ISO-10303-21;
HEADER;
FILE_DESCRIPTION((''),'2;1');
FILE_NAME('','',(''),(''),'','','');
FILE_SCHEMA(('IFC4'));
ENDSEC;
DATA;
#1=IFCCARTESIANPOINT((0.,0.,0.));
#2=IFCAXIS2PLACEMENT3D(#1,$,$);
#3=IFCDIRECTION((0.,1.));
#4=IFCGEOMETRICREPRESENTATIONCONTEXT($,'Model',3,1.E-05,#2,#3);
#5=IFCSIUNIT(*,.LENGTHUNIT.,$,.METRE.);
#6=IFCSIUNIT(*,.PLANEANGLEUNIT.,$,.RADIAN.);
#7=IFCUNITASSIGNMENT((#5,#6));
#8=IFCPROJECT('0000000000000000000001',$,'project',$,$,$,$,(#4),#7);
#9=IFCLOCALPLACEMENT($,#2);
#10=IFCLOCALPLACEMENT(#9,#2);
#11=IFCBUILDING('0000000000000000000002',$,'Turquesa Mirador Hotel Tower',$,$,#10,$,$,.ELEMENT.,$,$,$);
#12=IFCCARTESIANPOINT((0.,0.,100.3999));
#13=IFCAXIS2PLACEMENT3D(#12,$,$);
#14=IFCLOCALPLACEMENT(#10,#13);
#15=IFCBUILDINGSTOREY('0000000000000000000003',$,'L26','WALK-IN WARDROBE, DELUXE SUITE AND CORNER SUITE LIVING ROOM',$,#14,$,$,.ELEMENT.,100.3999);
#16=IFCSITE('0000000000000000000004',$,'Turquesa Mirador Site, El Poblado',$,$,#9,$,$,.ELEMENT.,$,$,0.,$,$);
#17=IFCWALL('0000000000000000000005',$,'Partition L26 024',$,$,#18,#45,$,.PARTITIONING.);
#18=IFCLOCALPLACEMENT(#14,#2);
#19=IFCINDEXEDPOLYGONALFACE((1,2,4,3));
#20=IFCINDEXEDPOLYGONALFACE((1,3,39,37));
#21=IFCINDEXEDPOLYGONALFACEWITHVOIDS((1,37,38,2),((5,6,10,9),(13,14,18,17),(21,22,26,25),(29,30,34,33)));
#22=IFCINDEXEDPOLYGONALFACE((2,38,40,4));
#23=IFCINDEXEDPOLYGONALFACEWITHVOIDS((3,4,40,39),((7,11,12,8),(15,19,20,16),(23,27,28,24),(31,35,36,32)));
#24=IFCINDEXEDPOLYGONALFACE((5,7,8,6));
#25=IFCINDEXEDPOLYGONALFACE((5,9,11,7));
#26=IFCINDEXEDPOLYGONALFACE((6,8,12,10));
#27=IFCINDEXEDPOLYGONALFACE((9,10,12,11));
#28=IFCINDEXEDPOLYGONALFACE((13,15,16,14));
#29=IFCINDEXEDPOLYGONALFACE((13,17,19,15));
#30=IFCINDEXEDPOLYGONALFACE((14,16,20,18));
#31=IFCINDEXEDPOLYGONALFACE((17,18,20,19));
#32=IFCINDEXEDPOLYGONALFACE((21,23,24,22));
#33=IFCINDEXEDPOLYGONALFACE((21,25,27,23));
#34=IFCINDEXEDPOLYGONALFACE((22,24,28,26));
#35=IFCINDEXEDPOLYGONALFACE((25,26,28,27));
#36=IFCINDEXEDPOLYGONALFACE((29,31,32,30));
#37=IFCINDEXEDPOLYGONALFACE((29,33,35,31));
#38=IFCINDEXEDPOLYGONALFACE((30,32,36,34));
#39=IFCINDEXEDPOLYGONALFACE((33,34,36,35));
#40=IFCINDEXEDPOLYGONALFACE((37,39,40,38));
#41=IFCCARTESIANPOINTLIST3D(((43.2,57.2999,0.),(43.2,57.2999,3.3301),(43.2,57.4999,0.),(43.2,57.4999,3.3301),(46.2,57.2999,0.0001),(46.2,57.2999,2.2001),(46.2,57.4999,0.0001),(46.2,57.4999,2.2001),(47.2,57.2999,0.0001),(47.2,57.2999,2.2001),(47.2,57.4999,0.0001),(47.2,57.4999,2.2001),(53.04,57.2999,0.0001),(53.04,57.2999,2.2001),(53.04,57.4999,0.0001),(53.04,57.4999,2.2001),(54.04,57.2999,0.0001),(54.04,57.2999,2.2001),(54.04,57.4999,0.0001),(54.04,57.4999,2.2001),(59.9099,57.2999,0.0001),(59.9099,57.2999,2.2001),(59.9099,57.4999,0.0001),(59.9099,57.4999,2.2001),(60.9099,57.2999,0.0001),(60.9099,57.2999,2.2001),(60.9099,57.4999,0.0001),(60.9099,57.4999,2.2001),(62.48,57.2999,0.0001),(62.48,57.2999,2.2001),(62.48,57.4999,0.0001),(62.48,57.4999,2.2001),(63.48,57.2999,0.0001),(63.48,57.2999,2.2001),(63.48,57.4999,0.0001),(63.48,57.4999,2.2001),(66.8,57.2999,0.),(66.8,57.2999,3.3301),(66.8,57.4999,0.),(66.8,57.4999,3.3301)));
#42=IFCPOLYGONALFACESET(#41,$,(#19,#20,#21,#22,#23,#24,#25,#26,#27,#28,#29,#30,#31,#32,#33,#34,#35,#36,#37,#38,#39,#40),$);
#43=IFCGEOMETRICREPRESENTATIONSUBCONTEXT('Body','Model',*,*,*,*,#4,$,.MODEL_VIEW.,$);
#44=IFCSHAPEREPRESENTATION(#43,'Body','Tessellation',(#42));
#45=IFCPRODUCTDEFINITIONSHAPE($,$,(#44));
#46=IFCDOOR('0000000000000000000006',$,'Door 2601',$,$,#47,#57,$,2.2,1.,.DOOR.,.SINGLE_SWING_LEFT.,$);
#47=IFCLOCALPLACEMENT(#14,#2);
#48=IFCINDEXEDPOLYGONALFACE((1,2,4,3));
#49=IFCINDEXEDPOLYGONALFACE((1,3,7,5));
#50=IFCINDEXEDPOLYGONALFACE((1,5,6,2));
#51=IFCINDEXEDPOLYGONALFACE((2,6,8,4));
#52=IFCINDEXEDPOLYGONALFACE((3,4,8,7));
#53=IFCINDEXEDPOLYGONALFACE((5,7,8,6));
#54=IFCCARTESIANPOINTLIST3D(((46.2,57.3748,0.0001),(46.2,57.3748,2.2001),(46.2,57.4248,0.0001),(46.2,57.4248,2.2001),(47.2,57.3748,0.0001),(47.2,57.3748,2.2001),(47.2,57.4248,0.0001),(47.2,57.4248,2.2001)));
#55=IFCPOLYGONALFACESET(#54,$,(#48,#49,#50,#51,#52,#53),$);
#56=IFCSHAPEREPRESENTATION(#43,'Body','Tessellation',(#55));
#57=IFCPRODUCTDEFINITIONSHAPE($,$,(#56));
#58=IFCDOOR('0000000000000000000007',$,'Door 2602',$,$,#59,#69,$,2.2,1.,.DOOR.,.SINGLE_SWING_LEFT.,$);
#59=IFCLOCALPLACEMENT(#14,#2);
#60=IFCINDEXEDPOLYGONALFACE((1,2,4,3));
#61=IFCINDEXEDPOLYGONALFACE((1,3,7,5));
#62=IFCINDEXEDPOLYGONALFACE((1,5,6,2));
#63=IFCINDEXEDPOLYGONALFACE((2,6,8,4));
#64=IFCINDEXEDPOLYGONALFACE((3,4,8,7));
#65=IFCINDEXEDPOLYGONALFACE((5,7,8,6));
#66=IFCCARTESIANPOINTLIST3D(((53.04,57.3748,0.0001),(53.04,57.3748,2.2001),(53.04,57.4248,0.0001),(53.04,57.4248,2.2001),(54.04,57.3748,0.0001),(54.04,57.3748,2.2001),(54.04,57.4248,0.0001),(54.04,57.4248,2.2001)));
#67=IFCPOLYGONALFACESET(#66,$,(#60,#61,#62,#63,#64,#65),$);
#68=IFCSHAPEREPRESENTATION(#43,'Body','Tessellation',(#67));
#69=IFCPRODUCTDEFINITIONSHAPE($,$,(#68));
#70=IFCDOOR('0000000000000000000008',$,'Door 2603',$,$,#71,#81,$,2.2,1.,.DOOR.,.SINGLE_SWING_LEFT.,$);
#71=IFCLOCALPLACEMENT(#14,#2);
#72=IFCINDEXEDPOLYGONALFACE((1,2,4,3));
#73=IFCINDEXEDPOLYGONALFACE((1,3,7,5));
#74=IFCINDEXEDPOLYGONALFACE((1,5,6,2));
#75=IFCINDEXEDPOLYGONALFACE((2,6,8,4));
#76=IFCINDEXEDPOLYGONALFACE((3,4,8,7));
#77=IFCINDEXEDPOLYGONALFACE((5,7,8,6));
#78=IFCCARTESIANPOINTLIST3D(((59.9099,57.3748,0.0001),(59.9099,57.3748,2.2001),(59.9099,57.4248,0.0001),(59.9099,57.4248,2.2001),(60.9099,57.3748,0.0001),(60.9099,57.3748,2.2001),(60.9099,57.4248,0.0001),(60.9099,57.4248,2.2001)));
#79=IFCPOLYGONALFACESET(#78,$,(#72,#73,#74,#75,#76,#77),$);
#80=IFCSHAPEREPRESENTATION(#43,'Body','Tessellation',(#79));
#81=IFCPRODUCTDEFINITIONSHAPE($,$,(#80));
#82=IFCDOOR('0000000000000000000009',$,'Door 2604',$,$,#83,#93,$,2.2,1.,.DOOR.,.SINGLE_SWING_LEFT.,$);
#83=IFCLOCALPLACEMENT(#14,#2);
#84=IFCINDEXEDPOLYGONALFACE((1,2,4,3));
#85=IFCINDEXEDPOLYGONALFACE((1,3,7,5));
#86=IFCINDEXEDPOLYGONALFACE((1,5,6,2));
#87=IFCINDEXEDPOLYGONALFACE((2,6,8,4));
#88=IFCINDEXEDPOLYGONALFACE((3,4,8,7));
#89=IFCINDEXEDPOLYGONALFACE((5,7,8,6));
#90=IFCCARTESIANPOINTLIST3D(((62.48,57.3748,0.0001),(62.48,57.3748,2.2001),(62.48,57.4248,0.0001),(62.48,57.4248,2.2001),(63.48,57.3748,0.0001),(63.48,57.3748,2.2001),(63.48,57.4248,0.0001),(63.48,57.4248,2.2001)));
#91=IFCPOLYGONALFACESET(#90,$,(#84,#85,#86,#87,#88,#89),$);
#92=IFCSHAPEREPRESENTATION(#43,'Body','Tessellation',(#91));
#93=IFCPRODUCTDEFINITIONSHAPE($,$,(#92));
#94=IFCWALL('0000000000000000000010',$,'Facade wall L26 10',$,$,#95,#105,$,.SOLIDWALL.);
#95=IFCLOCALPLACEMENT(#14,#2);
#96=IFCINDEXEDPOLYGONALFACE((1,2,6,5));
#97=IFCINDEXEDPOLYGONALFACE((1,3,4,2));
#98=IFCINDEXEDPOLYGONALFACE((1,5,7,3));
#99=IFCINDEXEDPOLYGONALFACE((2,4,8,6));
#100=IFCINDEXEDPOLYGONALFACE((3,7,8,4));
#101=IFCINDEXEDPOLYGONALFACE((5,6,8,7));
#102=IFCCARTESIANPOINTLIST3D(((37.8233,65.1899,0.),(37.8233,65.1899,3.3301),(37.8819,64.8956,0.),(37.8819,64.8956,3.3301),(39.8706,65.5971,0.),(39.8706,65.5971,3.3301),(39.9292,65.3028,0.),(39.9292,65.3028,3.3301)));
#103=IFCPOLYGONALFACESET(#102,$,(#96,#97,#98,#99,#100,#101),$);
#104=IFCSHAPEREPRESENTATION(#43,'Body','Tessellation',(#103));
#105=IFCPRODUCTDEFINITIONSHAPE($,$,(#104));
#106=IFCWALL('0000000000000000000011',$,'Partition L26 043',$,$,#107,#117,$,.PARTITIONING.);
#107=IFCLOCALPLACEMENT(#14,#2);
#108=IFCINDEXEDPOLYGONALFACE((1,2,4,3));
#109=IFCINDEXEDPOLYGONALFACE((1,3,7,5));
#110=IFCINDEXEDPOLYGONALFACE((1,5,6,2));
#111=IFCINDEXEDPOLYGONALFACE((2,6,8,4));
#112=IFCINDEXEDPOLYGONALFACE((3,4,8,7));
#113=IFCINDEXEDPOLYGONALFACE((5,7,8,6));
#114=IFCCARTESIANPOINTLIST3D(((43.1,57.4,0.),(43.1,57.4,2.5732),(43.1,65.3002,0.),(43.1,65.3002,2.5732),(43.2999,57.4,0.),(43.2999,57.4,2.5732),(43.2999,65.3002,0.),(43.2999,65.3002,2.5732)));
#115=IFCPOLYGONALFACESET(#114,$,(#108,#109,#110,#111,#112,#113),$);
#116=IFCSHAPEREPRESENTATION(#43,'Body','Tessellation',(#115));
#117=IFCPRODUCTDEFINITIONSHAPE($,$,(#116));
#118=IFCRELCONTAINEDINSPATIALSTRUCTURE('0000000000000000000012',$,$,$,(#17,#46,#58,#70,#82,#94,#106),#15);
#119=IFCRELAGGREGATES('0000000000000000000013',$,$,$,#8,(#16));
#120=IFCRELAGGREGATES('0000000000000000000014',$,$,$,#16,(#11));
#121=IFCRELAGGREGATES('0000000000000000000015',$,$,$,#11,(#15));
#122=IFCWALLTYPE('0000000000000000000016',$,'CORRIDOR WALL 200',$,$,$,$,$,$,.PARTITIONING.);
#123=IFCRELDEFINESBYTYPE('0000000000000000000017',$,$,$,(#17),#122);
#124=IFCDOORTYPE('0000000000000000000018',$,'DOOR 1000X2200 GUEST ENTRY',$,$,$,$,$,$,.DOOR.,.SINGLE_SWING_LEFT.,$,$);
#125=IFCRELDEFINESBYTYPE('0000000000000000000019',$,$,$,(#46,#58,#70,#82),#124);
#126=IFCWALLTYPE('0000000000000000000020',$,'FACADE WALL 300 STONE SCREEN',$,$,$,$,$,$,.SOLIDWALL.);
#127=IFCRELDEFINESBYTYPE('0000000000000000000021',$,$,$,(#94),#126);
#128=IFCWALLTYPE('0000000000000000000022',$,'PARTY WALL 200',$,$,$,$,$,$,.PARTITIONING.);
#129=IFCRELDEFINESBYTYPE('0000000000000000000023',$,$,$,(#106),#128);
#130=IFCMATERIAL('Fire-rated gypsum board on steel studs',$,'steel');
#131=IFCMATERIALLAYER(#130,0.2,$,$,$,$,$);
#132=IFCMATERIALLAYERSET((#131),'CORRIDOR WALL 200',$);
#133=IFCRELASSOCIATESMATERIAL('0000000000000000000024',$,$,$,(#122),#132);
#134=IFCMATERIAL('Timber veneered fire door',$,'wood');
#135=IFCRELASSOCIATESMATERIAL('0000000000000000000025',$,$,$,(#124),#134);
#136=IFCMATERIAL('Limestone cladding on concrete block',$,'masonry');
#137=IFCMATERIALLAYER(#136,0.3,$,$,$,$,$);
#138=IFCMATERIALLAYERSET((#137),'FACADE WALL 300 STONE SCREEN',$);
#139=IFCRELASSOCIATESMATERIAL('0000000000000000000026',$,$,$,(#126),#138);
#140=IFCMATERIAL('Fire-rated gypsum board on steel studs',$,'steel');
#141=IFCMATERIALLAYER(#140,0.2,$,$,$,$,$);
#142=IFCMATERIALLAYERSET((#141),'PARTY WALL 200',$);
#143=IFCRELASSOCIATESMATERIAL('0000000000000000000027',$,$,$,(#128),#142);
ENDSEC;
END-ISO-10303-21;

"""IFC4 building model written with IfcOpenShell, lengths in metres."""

from ifc_helpers import new_model, si_unit, direction, frame, frame_2d, origin, place, context, subcontext, project, spatial, rectangle, extrude, material, layer, layer_set, type_object, element, fill, save


model = new_model("IFC4")

# Units and contexts
model_context = context("Model", 3, precision=1e-05, world=origin(), true_north=direction((0.0, 1.0)))
body_context = subcontext(model_context, "Body", "Model", "MODEL_VIEW")
ifc_project = project(units=[si_unit("LENGTHUNIT", "METRE"), si_unit("PLANEANGLEUNIT", "RADIAN")], contexts=[model_context])

# Site, building, storey
site_placement = place(None, origin())
site = spatial("IfcSite", under=ifc_project, at=site_placement, Name="Turquesa Mirador Site, El Poblado", CompositionType="ELEMENT", RefElevation=0.0)
building_placement = place(site_placement, origin())
building = spatial("IfcBuilding", under=site, at=building_placement, Name="Turquesa Mirador Hotel Tower", CompositionType="ELEMENT")
storey_placement = place(building_placement, frame((0.0, 0.0, 100.3999)))
storey = spatial("IfcBuildingStorey", under=building, at=storey_placement, Name="L26", Description="WALK-IN WARDROBE, DELUXE SUITE AND CORNER SUITE LIVING ROOM", CompositionType="ELEMENT", Elevation=100.3999)

# Wall, openings, doors
ifc_material_1 = material(Name="Fire-rated gypsum board on steel studs", Category="steel")
ifc_layer_1 = layer(ifc_material_1, 0.2)
ifc_layer_set_1 = layer_set([ifc_layer_1], Name="CORRIDOR WALL 200")
wall_type_1 = type_object("IfcWallType", Name="CORRIDOR WALL 200", PredefinedType="PARTITIONING", material=ifc_layer_set_1)
wall_1_placement = place(storey_placement, frame((43.2, 57.3999, 0.0), z_axis=(0.0, 0.0, 1.0), x_axis=(1.0, 0.0, 0.0)))
wall_1 = element("IfcWall", 1, at=wall_1_placement, inside=storey, type_object=wall_type_1, Name="Partition L26 024", PredefinedType="PARTITIONING", context=body_context, shape_type="SweptSolid", body=[
    extrude(rectangle(XDim=23.6001, YDim=0.2, at=frame_2d((11.8, 0.0))), origin(), (0.0, 0.0, 1.0), 3.3301),
])
opening_1_placement = place(wall_1_placement, frame((3.0, 0.0, 0.0)))
opening_1 = element("IfcOpeningElement", 2, at=opening_1_placement, cuts=wall_1, PredefinedType="OPENING", context=body_context, shape_type="SweptSolid", body=[
    extrude(rectangle(XDim=1.0, YDim=2.2, at=frame_2d((0.5, 1.1001))), frame((0.0, 0.1099, 0.0), z_axis=(0.0, -1.0, 0.0), x_axis=(1.0, 0.0, 0.0)), (0.0, 0.0, 1.0), 0.22),
])
opening_2_placement = place(wall_1_placement, frame((9.8401, 0.0, 0.0)))
opening_2 = element("IfcOpeningElement", 3, at=opening_2_placement, cuts=wall_1, PredefinedType="OPENING", context=body_context, shape_type="SweptSolid", body=[
    extrude(rectangle(XDim=1.0, YDim=2.2, at=frame_2d((0.5, 1.1001))), frame((0.0, 0.1099, 0.0), z_axis=(0.0, -1.0, 0.0), x_axis=(1.0, 0.0, 0.0)), (0.0, 0.0, 1.0), 0.22),
])
opening_3_placement = place(wall_1_placement, frame((16.71, 0.0, 0.0)))
opening_3 = element("IfcOpeningElement", 4, at=opening_3_placement, cuts=wall_1, PredefinedType="OPENING", context=body_context, shape_type="SweptSolid", body=[
    extrude(rectangle(XDim=1.0, YDim=2.2, at=frame_2d((0.5, 1.1001))), frame((0.0, 0.1099, 0.0), z_axis=(0.0, -1.0, 0.0), x_axis=(1.0, 0.0, 0.0)), (0.0, 0.0, 1.0), 0.22),
])
opening_4_placement = place(wall_1_placement, frame((19.28, 0.0, 0.0)))
opening_4 = element("IfcOpeningElement", 5, at=opening_4_placement, cuts=wall_1, PredefinedType="OPENING", context=body_context, shape_type="SweptSolid", body=[
    extrude(rectangle(XDim=1.0, YDim=2.2, at=frame_2d((0.5, 1.1001))), frame((0.0, 0.1099, 0.0), z_axis=(0.0, -1.0, 0.0), x_axis=(1.0, 0.0, 0.0)), (0.0, 0.0, 1.0), 0.22),
])
ifc_material_2 = material(Name="Timber veneered fire door", Category="wood")
door_type_1 = type_object("IfcDoorType", Name="DOOR 1000X2200 GUEST ENTRY", OperationType="SINGLE_SWING_LEFT", PredefinedType="DOOR", material=ifc_material_2)
door_1_placement = place(opening_1_placement, origin())
door_1 = element("IfcDoor", 6, at=door_1_placement, inside=storey, type_object=door_type_1, Name="Door 2601", OperationType="SINGLE_SWING_LEFT", OverallHeight=2.2, OverallWidth=1.0, PredefinedType="DOOR", context=body_context, shape_type="SweptSolid", body=[
    extrude(rectangle(XDim=1.0, YDim=2.2, at=frame_2d((0.5, 1.1001))), frame((0.0, 0.0249, 0.0), z_axis=(0.0, -1.0, 0.0), x_axis=(1.0, 0.0, 0.0)), (0.0, 0.0, 1.0), 0.05),
])
fill(opening_1, door_1)
door_2_placement = place(opening_2_placement, origin())
door_2 = element("IfcDoor", 7, at=door_2_placement, inside=storey, type_object=door_type_1, Name="Door 2602", OperationType="SINGLE_SWING_LEFT", OverallHeight=2.2, OverallWidth=1.0, PredefinedType="DOOR", context=body_context, shape_type="SweptSolid", body=[
    extrude(rectangle(XDim=1.0, YDim=2.2, at=frame_2d((0.5, 1.1001))), frame((0.0, 0.0249, 0.0), z_axis=(0.0, -1.0, 0.0), x_axis=(1.0, 0.0, 0.0)), (0.0, 0.0, 1.0), 0.05),
])
fill(opening_2, door_2)
door_3_placement = place(opening_3_placement, origin())
door_3 = element("IfcDoor", 8, at=door_3_placement, inside=storey, type_object=door_type_1, Name="Door 2603", OperationType="SINGLE_SWING_LEFT", OverallHeight=2.2, OverallWidth=1.0, PredefinedType="DOOR", context=body_context, shape_type="SweptSolid", body=[
    extrude(rectangle(XDim=1.0, YDim=2.2, at=frame_2d((0.5, 1.1001))), frame((0.0, 0.0249, 0.0), z_axis=(0.0, -1.0, 0.0), x_axis=(1.0, 0.0, 0.0)), (0.0, 0.0, 1.0), 0.05),
])
fill(opening_3, door_3)
door_4_placement = place(opening_4_placement, origin())
door_4 = element("IfcDoor", 9, at=door_4_placement, inside=storey, type_object=door_type_1, Name="Door 2604", OperationType="SINGLE_SWING_LEFT", OverallHeight=2.2, OverallWidth=1.0, PredefinedType="DOOR", context=body_context, shape_type="SweptSolid", body=[
    extrude(rectangle(XDim=1.0, YDim=2.2, at=frame_2d((0.5, 1.1001))), frame((0.0, 0.0249, 0.0), z_axis=(0.0, -1.0, 0.0), x_axis=(1.0, 0.0, 0.0)), (0.0, 0.0, 1.0), 0.05),
])
fill(opening_4, door_4)

# Walls
ifc_material_3 = material(Name="Limestone cladding on concrete block", Category="masonry")
ifc_layer_2 = layer(ifc_material_3, 0.3)
ifc_layer_set_2 = layer_set([ifc_layer_2], Name="FACADE WALL 300 STONE SCREEN")
wall_type_2 = type_object("IfcWallType", Name="FACADE WALL 300 STONE SCREEN", PredefinedType="SOLIDWALL", material=ifc_layer_set_2)
wall_2_placement = place(storey_placement, frame((39.8999, 65.45, 0.0), z_axis=(0.0, 0.0, 1.0), x_axis=(-0.980787, -0.195081, 0.0)))
element("IfcWall", 10, at=wall_2_placement, inside=storey, type_object=wall_type_2, Name="Facade wall L26 10", PredefinedType="SOLIDWALL", context=body_context, shape_type="SweptSolid", body=[
    extrude(rectangle(XDim=2.0874, YDim=0.3, at=frame_2d((1.0437, 0.0))), origin(), (0.0, 0.0, 1.0), 3.3301),
])
ifc_material_4 = material(Name="Fire-rated gypsum board on steel studs", Category="steel")
ifc_layer_3 = layer(ifc_material_4, 0.2)
ifc_layer_set_3 = layer_set([ifc_layer_3], Name="PARTY WALL 200")
wall_type_3 = type_object("IfcWallType", Name="PARTY WALL 200", PredefinedType="PARTITIONING", material=ifc_layer_set_3)
wall_3_placement = place(storey_placement, frame((43.2, 57.3999, 0.0), z_axis=(0.0, 0.0, 1.0), x_axis=(0.0, 1.0, 0.0)))
element("IfcWall", 11, at=wall_3_placement, inside=storey, type_object=wall_type_3, Name="Partition L26 043", PredefinedType="PARTITIONING", context=body_context, shape_type="SweptSolid", body=[
    extrude(rectangle(XDim=7.9001, YDim=0.2, at=frame_2d((3.9502, 0.0))), origin(), (0.0, 0.0, 1.0), 2.5732),
])

save(model, "model.ifc")
